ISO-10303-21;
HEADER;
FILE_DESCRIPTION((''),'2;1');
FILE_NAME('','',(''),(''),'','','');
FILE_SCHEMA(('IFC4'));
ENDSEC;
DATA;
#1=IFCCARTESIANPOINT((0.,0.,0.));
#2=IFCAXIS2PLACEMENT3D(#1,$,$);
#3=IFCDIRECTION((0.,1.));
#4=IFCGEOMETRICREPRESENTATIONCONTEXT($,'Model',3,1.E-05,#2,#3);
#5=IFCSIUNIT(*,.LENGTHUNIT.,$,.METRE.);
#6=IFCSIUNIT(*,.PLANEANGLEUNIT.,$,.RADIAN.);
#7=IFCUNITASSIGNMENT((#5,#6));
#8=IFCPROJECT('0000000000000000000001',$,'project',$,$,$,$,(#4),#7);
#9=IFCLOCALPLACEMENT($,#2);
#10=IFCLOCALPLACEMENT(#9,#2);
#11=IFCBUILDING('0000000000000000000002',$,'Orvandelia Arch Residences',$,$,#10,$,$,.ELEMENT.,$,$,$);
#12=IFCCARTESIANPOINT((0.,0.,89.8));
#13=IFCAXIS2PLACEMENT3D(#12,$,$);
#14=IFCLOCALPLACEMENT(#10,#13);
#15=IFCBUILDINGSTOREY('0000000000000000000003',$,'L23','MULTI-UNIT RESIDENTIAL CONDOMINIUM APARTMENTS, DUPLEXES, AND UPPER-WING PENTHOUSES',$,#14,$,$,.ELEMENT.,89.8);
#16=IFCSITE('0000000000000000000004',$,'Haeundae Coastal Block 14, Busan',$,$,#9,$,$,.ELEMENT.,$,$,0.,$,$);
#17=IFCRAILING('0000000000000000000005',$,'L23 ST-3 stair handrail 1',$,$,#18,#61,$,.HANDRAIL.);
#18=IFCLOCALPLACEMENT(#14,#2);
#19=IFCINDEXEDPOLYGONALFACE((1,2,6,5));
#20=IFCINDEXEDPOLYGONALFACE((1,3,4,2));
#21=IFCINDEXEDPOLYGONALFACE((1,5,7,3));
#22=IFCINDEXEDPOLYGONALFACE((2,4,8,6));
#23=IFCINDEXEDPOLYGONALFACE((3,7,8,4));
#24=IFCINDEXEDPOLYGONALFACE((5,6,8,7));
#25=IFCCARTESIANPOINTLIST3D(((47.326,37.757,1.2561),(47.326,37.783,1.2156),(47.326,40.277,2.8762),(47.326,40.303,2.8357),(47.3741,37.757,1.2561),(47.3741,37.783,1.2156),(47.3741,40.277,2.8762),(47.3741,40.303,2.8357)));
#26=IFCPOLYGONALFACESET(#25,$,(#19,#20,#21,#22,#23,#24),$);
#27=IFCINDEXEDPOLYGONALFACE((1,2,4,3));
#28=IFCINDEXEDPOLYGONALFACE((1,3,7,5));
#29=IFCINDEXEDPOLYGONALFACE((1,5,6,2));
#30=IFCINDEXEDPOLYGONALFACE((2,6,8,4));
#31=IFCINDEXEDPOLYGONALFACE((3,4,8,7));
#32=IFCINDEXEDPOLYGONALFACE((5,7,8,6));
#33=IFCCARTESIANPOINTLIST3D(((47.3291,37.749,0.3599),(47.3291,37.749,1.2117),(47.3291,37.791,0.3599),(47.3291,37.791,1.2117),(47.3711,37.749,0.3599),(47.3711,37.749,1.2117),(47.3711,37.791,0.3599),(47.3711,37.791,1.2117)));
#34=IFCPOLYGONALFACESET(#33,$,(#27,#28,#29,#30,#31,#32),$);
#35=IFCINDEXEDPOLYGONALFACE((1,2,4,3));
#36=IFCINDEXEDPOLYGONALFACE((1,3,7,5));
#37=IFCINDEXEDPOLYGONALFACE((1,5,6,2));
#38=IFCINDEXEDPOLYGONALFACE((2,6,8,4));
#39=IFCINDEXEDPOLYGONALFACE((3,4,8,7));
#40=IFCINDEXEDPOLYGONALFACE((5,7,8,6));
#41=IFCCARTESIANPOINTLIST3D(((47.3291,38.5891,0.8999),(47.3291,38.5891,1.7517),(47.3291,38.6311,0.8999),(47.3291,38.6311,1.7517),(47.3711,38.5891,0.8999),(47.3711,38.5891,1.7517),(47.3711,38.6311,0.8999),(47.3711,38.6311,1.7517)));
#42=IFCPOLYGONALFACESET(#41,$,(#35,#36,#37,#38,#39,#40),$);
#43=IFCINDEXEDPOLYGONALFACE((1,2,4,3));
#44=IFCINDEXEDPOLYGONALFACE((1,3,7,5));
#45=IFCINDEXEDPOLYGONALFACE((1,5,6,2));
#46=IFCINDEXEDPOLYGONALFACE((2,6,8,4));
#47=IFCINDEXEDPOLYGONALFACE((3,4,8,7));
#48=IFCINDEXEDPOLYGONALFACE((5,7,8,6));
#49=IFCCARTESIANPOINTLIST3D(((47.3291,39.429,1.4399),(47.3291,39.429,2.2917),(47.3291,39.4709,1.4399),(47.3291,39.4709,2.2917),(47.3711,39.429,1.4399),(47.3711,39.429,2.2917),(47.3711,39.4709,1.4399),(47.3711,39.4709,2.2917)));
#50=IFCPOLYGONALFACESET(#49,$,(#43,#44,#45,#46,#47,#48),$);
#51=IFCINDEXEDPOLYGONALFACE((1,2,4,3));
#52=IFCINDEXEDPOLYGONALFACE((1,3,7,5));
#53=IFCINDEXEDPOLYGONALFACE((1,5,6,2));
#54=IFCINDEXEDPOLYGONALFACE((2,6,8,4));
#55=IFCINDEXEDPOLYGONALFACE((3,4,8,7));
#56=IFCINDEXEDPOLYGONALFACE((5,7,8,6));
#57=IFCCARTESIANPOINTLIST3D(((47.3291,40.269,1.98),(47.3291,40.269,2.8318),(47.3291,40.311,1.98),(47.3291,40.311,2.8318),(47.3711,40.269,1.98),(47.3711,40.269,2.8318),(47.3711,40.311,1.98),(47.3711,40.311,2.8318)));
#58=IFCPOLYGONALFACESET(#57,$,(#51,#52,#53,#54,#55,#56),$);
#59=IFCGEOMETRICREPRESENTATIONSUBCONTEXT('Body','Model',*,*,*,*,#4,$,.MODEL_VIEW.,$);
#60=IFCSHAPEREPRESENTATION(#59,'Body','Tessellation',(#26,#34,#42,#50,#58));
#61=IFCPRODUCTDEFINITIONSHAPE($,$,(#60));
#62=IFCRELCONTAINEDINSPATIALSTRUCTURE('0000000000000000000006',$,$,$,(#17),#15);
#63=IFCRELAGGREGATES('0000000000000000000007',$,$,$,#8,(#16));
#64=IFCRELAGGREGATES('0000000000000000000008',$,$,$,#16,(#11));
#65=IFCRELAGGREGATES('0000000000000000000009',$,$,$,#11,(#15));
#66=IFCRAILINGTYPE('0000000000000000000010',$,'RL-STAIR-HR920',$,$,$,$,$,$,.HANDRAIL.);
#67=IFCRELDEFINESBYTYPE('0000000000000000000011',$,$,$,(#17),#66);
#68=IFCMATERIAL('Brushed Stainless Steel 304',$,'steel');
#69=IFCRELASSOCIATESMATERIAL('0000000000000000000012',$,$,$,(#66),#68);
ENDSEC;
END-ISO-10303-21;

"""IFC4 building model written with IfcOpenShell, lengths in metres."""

from ifc_helpers import new_model, si_unit, direction, frame, origin, origin_2d, place, context, subcontext, project, spatial, rectangle, extrude, material, type_object, element, save


model = new_model("IFC4")

# Units and contexts
model_context = context("Model", 3, precision=1e-05, world=origin(), true_north=direction((0.0, 1.0)))
body_context = subcontext(model_context, "Body", "Model", "MODEL_VIEW")
ifc_project = project(units=[si_unit("LENGTHUNIT", "METRE"), si_unit("PLANEANGLEUNIT", "RADIAN")], contexts=[model_context])

# Site, building, storey
site_placement = place(None, origin())
site = spatial("IfcSite", under=ifc_project, at=site_placement, Name="Haeundae Coastal Block 14, Busan", CompositionType="ELEMENT", RefElevation=0.0)
building_placement = place(site_placement, origin())
building = spatial("IfcBuilding", under=site, at=building_placement, Name="Orvandelia Arch Residences", CompositionType="ELEMENT")
storey_placement = place(building_placement, frame((0.0, 0.0, 89.8)))
storey = spatial("IfcBuildingStorey", under=building, at=storey_placement, Name="L23", Description="MULTI-UNIT RESIDENTIAL CONDOMINIUM APARTMENTS, DUPLEXES, AND UPPER-WING PENTHOUSES", CompositionType="ELEMENT", Elevation=89.8)

# Railing
ifc_material_1 = material(Name="Brushed Stainless Steel 304", Category="steel")
railing_type_1 = type_object("IfcRailingType", Name="RL-STAIR-HR920", PredefinedType="HANDRAIL", material=ifc_material_1)
railing_1_placement = place(storey_placement, frame((47.3501, 37.77, 0.3599)))
element("IfcRailing", 1, at=railing_1_placement, inside=storey, type_object=railing_type_1, Name="L23 ST-3 stair handrail 1", PredefinedType="HANDRAIL", context=body_context, shape_type="SweptSolid", body=[
    extrude(rectangle(XDim=0.0481, YDim=0.0481, at=origin_2d()), frame((0.0, 0.0, 0.876), z_axis=(0.0, 0.841163, 0.540782), x_axis=(-1.0, 0.0, 0.0)), (0.0, 0.0, 1.0), 2.9958),
    extrude(rectangle(XDim=0.042, YDim=0.042, at=origin_2d()), origin(), (0.0, 0.0, 1.0), 0.8518),
    extrude(rectangle(XDim=0.042, YDim=0.042, at=origin_2d()), frame((0.0, 0.8401, 0.54)), (0.0, 0.0, 1.0), 0.8518),
    extrude(rectangle(XDim=0.042, YDim=0.042, at=origin_2d()), frame((0.0, 1.6799, 1.0801)), (0.0, 0.0, 1.0), 0.8518),
    extrude(rectangle(XDim=0.042, YDim=0.042, at=origin_2d()), frame((0.0, 2.52, 1.6201)), (0.0, 0.0, 1.0), 0.8518),
])

save(model, "model.ifc")
